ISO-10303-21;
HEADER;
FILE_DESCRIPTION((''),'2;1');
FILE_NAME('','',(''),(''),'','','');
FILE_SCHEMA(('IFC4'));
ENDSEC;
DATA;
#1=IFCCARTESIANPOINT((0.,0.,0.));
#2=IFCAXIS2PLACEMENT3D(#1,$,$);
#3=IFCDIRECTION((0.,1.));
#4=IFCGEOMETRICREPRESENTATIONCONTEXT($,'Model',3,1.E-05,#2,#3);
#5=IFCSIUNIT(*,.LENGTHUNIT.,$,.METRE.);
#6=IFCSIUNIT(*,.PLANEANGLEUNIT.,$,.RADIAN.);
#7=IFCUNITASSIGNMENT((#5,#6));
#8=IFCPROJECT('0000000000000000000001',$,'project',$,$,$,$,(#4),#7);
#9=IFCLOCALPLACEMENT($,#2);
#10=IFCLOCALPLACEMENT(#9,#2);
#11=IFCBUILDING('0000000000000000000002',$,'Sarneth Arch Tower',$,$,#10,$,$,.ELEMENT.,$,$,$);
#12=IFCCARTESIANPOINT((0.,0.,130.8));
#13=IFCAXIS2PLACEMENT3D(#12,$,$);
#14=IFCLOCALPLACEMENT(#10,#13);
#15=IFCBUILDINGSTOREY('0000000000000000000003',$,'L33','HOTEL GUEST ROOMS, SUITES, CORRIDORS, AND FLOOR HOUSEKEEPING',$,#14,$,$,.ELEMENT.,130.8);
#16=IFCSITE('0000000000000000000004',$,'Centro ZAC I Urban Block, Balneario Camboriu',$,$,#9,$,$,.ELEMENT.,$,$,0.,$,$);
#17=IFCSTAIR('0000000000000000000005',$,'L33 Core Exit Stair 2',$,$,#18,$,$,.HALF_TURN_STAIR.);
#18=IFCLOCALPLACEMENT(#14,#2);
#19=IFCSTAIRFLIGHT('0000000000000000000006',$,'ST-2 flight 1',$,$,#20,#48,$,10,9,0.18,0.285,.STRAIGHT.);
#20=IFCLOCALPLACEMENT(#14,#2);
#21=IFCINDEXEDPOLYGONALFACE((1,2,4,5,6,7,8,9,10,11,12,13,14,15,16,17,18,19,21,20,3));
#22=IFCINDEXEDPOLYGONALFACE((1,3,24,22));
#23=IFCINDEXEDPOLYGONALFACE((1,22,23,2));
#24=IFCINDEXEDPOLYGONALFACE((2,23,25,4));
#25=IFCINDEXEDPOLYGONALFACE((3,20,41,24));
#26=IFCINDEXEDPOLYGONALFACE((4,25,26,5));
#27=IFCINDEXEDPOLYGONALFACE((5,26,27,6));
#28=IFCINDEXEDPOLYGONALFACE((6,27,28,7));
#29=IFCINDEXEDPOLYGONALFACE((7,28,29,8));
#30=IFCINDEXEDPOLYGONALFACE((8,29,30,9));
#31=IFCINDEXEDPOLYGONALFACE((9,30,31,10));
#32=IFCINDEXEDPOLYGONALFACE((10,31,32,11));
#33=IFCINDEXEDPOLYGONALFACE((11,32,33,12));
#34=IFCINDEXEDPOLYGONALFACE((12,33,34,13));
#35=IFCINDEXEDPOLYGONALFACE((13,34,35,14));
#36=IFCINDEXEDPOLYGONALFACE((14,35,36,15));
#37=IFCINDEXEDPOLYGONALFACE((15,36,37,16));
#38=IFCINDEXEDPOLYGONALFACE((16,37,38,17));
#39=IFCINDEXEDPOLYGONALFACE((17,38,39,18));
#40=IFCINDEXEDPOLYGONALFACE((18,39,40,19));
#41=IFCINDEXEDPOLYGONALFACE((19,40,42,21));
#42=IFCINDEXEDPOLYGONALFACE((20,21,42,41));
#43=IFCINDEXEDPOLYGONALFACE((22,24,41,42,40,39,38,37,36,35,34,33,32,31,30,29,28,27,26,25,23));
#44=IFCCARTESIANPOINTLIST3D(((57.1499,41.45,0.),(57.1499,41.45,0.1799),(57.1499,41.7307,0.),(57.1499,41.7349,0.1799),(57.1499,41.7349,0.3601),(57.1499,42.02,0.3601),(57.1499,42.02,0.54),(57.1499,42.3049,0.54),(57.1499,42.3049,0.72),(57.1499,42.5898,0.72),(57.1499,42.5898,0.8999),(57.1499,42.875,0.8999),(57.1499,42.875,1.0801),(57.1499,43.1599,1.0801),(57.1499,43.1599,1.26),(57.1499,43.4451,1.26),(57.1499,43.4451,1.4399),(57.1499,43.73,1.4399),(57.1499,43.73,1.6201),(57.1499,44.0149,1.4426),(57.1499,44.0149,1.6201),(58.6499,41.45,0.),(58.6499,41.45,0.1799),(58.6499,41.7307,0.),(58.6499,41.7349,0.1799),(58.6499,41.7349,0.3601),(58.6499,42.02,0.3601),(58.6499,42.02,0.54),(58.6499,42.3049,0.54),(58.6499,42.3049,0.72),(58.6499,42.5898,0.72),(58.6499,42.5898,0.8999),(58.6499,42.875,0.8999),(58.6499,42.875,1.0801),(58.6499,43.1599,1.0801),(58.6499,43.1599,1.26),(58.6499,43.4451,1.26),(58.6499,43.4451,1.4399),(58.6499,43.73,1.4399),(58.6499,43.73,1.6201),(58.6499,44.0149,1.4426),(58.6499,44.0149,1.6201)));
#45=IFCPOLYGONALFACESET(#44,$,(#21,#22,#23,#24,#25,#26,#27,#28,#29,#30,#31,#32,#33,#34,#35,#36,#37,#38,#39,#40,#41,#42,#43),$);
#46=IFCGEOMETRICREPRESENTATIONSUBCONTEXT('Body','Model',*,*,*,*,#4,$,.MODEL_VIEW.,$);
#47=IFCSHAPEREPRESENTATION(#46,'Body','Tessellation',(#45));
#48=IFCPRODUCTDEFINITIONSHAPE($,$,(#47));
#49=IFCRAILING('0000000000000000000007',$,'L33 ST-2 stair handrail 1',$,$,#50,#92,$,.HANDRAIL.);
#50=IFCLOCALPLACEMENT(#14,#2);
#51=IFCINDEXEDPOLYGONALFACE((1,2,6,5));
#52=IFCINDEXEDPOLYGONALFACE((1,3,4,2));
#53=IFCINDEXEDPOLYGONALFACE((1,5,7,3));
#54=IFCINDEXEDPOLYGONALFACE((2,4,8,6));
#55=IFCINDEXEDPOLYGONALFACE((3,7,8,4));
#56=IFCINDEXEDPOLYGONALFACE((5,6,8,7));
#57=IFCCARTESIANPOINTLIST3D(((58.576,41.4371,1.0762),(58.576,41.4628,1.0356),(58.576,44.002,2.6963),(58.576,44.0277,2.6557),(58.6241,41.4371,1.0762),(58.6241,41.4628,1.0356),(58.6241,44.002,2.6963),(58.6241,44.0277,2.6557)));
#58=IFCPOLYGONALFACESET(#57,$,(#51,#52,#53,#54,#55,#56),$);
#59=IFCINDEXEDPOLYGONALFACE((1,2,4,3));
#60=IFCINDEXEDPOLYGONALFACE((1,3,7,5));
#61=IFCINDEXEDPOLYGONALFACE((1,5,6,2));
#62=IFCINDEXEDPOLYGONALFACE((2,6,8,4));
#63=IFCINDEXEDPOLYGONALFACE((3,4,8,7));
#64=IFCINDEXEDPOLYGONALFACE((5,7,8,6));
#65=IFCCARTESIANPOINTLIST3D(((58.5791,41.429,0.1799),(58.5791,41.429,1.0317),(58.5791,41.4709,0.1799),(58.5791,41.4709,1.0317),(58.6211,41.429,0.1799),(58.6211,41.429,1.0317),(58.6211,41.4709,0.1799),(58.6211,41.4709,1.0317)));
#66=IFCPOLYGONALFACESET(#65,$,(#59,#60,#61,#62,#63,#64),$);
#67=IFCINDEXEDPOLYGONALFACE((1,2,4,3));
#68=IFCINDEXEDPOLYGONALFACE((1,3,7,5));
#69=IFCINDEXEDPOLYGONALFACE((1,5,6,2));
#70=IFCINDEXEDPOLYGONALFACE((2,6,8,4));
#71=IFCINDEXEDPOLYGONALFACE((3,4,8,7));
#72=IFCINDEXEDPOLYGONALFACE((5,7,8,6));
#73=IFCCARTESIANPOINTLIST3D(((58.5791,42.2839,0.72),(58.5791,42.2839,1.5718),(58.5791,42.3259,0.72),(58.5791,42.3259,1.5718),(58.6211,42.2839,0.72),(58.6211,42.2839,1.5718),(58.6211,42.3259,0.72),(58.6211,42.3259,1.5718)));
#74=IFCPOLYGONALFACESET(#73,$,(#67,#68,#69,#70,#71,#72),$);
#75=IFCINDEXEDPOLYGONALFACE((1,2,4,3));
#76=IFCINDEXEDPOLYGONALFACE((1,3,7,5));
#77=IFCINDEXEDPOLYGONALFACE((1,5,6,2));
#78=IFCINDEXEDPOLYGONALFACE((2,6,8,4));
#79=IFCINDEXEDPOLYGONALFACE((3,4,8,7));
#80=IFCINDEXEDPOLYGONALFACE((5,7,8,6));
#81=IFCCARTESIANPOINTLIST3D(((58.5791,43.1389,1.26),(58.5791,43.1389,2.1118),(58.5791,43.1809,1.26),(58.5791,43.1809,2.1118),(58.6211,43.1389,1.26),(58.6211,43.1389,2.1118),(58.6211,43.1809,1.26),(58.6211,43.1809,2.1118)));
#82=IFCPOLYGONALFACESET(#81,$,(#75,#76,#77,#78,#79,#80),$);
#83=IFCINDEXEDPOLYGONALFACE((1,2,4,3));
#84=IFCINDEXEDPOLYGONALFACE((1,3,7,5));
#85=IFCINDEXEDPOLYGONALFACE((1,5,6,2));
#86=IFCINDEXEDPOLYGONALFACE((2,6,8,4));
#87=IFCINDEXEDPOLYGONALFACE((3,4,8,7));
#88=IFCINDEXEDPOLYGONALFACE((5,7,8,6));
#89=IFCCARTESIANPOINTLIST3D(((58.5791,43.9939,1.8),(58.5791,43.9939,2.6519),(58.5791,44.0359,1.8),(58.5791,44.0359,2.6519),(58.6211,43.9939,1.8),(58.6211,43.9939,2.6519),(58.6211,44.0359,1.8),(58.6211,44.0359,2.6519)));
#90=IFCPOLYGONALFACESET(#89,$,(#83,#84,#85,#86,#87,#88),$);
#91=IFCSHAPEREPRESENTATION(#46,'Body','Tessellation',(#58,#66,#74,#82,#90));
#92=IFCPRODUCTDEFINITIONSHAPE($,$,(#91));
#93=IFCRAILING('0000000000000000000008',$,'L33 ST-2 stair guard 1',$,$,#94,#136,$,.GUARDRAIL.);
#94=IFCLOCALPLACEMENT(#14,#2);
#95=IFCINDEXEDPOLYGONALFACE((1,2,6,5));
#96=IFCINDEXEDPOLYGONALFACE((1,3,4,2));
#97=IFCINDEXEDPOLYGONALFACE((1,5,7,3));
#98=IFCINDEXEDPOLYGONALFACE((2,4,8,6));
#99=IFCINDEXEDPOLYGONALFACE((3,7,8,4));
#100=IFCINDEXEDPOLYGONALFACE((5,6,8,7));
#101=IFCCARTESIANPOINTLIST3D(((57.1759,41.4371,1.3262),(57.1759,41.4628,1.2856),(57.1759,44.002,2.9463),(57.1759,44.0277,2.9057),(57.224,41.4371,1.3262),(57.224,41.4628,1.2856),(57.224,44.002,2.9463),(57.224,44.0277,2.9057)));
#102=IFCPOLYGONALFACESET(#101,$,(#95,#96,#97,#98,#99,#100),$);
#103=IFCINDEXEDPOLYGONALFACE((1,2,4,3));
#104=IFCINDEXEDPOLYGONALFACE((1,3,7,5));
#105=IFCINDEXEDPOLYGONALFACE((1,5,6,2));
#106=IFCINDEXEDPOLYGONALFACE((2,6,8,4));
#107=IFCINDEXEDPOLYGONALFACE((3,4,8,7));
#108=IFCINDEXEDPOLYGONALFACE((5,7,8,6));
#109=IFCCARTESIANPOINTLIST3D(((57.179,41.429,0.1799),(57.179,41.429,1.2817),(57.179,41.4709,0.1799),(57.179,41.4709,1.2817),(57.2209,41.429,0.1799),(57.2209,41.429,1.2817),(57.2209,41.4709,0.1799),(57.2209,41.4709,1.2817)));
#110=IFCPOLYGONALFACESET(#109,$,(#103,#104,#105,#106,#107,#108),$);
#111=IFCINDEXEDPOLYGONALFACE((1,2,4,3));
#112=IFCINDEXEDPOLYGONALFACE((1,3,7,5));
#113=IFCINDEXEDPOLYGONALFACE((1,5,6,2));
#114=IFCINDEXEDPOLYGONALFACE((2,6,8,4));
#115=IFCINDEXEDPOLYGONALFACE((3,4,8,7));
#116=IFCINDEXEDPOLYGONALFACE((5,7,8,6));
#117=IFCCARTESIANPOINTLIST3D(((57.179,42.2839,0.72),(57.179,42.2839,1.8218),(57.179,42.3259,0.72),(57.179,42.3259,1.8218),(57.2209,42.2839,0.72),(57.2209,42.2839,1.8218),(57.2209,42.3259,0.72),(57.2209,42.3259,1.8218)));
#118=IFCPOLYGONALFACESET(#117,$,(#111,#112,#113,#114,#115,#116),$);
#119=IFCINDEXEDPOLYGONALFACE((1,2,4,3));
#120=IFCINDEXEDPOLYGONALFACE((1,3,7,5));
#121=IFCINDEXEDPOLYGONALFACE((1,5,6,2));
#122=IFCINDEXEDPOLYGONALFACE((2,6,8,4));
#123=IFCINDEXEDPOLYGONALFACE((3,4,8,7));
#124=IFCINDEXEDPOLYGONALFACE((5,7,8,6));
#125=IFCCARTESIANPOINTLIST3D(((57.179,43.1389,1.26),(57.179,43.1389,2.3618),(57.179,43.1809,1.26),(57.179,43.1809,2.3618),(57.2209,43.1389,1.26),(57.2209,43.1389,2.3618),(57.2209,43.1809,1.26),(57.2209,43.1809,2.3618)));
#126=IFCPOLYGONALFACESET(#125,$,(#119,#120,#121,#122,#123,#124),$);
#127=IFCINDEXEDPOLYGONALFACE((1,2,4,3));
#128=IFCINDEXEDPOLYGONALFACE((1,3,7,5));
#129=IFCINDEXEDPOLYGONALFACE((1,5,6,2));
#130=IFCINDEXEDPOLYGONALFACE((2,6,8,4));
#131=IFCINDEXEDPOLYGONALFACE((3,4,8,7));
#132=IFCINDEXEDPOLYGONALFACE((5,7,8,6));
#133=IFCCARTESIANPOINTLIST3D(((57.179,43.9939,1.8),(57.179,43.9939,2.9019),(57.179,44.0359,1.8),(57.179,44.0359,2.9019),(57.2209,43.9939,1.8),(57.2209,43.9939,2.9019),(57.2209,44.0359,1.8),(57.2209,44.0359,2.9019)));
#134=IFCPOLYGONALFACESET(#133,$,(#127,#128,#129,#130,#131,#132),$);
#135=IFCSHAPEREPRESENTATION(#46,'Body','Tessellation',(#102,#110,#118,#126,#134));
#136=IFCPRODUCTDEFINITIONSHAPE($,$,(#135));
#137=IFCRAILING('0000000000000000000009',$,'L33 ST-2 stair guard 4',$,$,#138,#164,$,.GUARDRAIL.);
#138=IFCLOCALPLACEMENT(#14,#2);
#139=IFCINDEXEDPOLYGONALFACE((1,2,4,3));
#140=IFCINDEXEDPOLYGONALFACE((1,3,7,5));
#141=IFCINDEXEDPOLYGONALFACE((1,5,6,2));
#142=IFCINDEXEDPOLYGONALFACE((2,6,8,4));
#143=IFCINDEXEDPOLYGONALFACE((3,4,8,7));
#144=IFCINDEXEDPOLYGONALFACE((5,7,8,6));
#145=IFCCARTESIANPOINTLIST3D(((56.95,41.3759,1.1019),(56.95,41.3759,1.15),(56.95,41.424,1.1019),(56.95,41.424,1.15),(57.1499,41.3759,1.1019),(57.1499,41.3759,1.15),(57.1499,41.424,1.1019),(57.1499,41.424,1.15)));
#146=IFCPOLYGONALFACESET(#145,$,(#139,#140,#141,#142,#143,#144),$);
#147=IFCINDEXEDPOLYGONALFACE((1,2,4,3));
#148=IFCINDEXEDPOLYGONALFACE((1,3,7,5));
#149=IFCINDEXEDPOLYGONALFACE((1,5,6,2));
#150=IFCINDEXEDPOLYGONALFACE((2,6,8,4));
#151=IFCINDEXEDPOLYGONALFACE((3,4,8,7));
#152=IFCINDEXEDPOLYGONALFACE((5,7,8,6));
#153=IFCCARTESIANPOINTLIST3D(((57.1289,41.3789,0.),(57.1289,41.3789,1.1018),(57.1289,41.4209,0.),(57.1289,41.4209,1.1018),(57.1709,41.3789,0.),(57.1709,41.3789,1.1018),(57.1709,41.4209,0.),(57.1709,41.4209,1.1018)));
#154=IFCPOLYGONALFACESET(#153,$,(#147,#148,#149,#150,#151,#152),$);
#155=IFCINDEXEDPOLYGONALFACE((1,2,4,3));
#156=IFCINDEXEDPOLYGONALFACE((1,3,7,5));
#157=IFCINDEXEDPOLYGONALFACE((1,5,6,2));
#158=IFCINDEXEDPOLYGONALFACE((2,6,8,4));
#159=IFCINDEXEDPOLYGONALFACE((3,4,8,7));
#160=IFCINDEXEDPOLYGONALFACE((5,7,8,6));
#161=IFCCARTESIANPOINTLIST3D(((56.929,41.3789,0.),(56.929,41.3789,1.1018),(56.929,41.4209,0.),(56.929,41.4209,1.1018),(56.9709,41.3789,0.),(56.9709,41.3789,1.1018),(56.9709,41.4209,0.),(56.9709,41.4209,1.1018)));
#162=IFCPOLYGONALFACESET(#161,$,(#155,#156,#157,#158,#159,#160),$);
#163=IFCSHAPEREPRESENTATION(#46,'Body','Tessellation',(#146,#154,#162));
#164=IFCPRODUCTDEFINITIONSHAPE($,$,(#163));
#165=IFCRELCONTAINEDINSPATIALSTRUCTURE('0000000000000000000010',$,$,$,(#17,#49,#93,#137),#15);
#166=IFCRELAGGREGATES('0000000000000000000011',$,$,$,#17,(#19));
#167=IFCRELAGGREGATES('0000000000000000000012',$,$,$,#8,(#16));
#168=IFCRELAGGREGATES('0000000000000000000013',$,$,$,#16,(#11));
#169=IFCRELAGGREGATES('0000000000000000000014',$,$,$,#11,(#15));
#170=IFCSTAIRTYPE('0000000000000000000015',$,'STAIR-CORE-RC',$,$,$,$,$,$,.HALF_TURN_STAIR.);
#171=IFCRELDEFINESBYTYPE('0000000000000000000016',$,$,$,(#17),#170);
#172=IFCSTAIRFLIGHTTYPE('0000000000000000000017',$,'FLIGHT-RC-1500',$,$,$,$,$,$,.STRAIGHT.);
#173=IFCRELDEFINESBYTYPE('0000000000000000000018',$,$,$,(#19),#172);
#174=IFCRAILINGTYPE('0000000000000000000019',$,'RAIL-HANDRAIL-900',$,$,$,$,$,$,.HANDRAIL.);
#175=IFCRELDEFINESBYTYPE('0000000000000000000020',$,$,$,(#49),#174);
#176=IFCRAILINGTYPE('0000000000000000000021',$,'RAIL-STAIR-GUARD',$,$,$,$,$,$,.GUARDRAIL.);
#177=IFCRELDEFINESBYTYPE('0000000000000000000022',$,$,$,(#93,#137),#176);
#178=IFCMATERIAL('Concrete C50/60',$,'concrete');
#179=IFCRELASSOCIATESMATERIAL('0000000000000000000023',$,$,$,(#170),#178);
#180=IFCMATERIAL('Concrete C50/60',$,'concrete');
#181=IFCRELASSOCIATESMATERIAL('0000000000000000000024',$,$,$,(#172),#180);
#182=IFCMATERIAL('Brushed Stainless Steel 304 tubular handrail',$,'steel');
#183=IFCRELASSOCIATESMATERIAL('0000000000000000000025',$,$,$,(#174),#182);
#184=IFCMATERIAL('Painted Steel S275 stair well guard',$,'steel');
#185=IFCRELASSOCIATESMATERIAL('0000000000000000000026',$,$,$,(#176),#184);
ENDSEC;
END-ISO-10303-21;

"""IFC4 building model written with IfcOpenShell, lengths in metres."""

from ifc_helpers import new_model, si_unit, direction, frame, origin, origin_2d, place, context, subcontext, project, spatial, polyline, rectangle, outline, extrude, material, type_object, element, aggregate, save


model = new_model("IFC4")

# Units and contexts
model_context = context("Model", 3, precision=1e-05, world=origin(), true_north=direction((0.0, 1.0)))
body_context = subcontext(model_context, "Body", "Model", "MODEL_VIEW")
ifc_project = project(units=[si_unit("LENGTHUNIT", "METRE"), si_unit("PLANEANGLEUNIT", "RADIAN")], contexts=[model_context])

# Site, building, storey
site_placement = place(None, origin())
site = spatial("IfcSite", under=ifc_project, at=site_placement, Name="Centro ZAC I Urban Block, Balneario Camboriu", CompositionType="ELEMENT", RefElevation=0.0)
building_placement = place(site_placement, origin())
building = spatial("IfcBuilding", under=site, at=building_placement, Name="Sarneth Arch Tower", CompositionType="ELEMENT")
storey_placement = place(building_placement, frame((0.0, 0.0, 130.8)))
storey = spatial("IfcBuildingStorey", under=building, at=storey_placement, Name="L33", Description="HOTEL GUEST ROOMS, SUITES, CORRIDORS, AND FLOOR HOUSEKEEPING", CompositionType="ELEMENT", Elevation=130.8)

# Stair, stair flight
ifc_material_1 = material(Name="Concrete C50/60", Category="concrete")
stair_type = type_object("IfcStairType", Name="STAIR-CORE-RC", PredefinedType="HALF_TURN_STAIR", material=ifc_material_1)
stair_placement = place(storey_placement, origin())
stair = element("IfcStair", 1, at=stair_placement, inside=storey, type_object=stair_type, Name="L33 Core Exit Stair 2", PredefinedType="HALF_TURN_STAIR")
ifc_material_2 = material(Name="Concrete C50/60", Category="concrete")
stair_flight_type = type_object("IfcStairFlightType", Name="FLIGHT-RC-1500", PredefinedType="STRAIGHT", material=ifc_material_2)
stair_flight_placement = place(storey_placement, frame((57.8999, 41.45, 0.0), z_axis=(0.0, 0.0, 1.0), x_axis=(0.0, 1.0, 0.0)))
stair_flight = element("IfcStairFlight", 2, at=stair_flight_placement, type_object=stair_flight_type, Name="ST-2 flight 1", NumberOfRisers=10, NumberOfTreads=9, PredefinedType="STRAIGHT", RiserHeight=0.18, TreadLength=0.285, context=body_context, shape_type="SweptSolid", body=[
    extrude(outline(polyline([(0.0, 0.0), (0.0, 0.1799), (0.2849, 0.1799), (0.2849, 0.3601), (0.5701, 0.3601), (0.5701, 0.54), (0.855, 0.54), (0.855, 0.72), (1.1399, 0.72), (1.1399, 0.8999), (1.425, 0.8999), (1.425, 1.0801), (1.71, 1.0801), (1.71, 1.26), (1.9951, 1.26), (1.9951, 1.4399), (2.28, 1.4399), (2.28, 1.6201), (2.5649, 1.6201), (2.5649, 1.8), (2.5649, 1.4426), (0.2808, 0.0), (0.0, 0.0)])), frame((0.0, 0.75, 0.0), z_axis=(0.0, -1.0, 0.0), x_axis=(1.0, 0.0, 0.0)), (0.0, 0.0, 1.0), 1.5),
])
aggregate(stair, [stair_flight])

# Railings
ifc_material_3 = material(Name="Brushed Stainless Steel 304 tubular handrail", Category="steel")
railing_type_1 = type_object("IfcRailingType", Name="RAIL-HANDRAIL-900", PredefinedType="HANDRAIL", material=ifc_material_3)
railing_1_placement = place(storey_placement, frame((58.6001, 41.45, 0.1799)))
element("IfcRailing", 3, at=railing_1_placement, inside=storey, type_object=railing_type_1, Name="L33 ST-2 stair handrail 1", PredefinedType="HANDRAIL", context=body_context, shape_type="SweptSolid", body=[
    extrude(rectangle(XDim=0.0481, YDim=0.0481, at=origin_2d()), frame((0.0, 0.0, 0.876), z_axis=(0.0, 0.845466, 0.534029), x_axis=(-1.0, 0.0, 0.0)), (0.0, 0.0, 1.0), 3.0337),
    extrude(rectangle(XDim=0.042, YDim=0.042, at=origin_2d()), origin(), (0.0, 0.0, 1.0), 0.8518),
    extrude(rectangle(XDim=0.042, YDim=0.042, at=origin_2d()), frame((0.0, 0.855, 0.54)), (0.0, 0.0, 1.0), 0.8518),
    extrude(rectangle(XDim=0.042, YDim=0.042, at=origin_2d()), frame((0.0, 1.71, 1.0801)), (0.0, 0.0, 1.0), 0.8518),
    extrude(rectangle(XDim=0.042, YDim=0.042, at=origin_2d()), frame((0.0, 2.5649, 1.6201)), (0.0, 0.0, 1.0), 0.8518),
])
ifc_material_4 = material(Name="Painted Steel S275 stair well guard", Category="steel")
railing_type_2 = type_object("IfcRailingType", Name="RAIL-STAIR-GUARD", PredefinedType="GUARDRAIL", material=ifc_material_4)
railing_2_placement = place(storey_placement, frame((57.2, 41.45, 0.1799)))
element("IfcRailing", 4, at=railing_2_placement, inside=storey, type_object=railing_type_2, Name="L33 ST-2 stair guard 1", PredefinedType="GUARDRAIL", context=body_context, shape_type="SweptSolid", body=[
    extrude(rectangle(XDim=0.0481, YDim=0.0481, at=origin_2d()), frame((0.0, 0.0, 1.126), z_axis=(0.0, 0.845466, 0.534029), x_axis=(-1.0, 0.0, 0.0)), (0.0, 0.0, 1.0), 3.0337),
    extrude(rectangle(XDim=0.042, YDim=0.042, at=origin_2d()), origin(), (0.0, 0.0, 1.0), 1.1018),
    extrude(rectangle(XDim=0.042, YDim=0.042, at=origin_2d()), frame((0.0, 0.855, 0.54)), (0.0, 0.0, 1.0), 1.1018),
    extrude(rectangle(XDim=0.042, YDim=0.042, at=origin_2d()), frame((0.0, 1.71, 1.0801)), (0.0, 0.0, 1.0), 1.1018),
    extrude(rectangle(XDim=0.042, YDim=0.042, at=origin_2d()), frame((0.0, 2.5649, 1.6201)), (0.0, 0.0, 1.0), 1.1018),
])
railing_3_placement = place(storey_placement, frame((57.1499, 41.3999, 0.0)))
element("IfcRailing", 5, at=railing_3_placement, inside=storey, type_object=railing_type_2, Name="L33 ST-2 stair guard 4", PredefinedType="GUARDRAIL", context=body_context, shape_type="SweptSolid", body=[
    extrude(rectangle(XDim=0.0481, YDim=0.0481, at=origin_2d()), frame((0.0, 0.0, 1.126), z_axis=(-1.0, 0.0, 0.0), x_axis=(0.0, -1.0, 0.0)), (0.0, 0.0, 1.0), 0.2),
    extrude(rectangle(XDim=0.042, YDim=0.042, at=origin_2d()), origin(), (0.0, 0.0, 1.0), 1.1018),
    extrude(rectangle(XDim=0.042, YDim=0.042, at=origin_2d()), frame((-0.2, 0.0, 0.0)), (0.0, 0.0, 1.0), 1.1018),
])

save(model, "model.ifc")
